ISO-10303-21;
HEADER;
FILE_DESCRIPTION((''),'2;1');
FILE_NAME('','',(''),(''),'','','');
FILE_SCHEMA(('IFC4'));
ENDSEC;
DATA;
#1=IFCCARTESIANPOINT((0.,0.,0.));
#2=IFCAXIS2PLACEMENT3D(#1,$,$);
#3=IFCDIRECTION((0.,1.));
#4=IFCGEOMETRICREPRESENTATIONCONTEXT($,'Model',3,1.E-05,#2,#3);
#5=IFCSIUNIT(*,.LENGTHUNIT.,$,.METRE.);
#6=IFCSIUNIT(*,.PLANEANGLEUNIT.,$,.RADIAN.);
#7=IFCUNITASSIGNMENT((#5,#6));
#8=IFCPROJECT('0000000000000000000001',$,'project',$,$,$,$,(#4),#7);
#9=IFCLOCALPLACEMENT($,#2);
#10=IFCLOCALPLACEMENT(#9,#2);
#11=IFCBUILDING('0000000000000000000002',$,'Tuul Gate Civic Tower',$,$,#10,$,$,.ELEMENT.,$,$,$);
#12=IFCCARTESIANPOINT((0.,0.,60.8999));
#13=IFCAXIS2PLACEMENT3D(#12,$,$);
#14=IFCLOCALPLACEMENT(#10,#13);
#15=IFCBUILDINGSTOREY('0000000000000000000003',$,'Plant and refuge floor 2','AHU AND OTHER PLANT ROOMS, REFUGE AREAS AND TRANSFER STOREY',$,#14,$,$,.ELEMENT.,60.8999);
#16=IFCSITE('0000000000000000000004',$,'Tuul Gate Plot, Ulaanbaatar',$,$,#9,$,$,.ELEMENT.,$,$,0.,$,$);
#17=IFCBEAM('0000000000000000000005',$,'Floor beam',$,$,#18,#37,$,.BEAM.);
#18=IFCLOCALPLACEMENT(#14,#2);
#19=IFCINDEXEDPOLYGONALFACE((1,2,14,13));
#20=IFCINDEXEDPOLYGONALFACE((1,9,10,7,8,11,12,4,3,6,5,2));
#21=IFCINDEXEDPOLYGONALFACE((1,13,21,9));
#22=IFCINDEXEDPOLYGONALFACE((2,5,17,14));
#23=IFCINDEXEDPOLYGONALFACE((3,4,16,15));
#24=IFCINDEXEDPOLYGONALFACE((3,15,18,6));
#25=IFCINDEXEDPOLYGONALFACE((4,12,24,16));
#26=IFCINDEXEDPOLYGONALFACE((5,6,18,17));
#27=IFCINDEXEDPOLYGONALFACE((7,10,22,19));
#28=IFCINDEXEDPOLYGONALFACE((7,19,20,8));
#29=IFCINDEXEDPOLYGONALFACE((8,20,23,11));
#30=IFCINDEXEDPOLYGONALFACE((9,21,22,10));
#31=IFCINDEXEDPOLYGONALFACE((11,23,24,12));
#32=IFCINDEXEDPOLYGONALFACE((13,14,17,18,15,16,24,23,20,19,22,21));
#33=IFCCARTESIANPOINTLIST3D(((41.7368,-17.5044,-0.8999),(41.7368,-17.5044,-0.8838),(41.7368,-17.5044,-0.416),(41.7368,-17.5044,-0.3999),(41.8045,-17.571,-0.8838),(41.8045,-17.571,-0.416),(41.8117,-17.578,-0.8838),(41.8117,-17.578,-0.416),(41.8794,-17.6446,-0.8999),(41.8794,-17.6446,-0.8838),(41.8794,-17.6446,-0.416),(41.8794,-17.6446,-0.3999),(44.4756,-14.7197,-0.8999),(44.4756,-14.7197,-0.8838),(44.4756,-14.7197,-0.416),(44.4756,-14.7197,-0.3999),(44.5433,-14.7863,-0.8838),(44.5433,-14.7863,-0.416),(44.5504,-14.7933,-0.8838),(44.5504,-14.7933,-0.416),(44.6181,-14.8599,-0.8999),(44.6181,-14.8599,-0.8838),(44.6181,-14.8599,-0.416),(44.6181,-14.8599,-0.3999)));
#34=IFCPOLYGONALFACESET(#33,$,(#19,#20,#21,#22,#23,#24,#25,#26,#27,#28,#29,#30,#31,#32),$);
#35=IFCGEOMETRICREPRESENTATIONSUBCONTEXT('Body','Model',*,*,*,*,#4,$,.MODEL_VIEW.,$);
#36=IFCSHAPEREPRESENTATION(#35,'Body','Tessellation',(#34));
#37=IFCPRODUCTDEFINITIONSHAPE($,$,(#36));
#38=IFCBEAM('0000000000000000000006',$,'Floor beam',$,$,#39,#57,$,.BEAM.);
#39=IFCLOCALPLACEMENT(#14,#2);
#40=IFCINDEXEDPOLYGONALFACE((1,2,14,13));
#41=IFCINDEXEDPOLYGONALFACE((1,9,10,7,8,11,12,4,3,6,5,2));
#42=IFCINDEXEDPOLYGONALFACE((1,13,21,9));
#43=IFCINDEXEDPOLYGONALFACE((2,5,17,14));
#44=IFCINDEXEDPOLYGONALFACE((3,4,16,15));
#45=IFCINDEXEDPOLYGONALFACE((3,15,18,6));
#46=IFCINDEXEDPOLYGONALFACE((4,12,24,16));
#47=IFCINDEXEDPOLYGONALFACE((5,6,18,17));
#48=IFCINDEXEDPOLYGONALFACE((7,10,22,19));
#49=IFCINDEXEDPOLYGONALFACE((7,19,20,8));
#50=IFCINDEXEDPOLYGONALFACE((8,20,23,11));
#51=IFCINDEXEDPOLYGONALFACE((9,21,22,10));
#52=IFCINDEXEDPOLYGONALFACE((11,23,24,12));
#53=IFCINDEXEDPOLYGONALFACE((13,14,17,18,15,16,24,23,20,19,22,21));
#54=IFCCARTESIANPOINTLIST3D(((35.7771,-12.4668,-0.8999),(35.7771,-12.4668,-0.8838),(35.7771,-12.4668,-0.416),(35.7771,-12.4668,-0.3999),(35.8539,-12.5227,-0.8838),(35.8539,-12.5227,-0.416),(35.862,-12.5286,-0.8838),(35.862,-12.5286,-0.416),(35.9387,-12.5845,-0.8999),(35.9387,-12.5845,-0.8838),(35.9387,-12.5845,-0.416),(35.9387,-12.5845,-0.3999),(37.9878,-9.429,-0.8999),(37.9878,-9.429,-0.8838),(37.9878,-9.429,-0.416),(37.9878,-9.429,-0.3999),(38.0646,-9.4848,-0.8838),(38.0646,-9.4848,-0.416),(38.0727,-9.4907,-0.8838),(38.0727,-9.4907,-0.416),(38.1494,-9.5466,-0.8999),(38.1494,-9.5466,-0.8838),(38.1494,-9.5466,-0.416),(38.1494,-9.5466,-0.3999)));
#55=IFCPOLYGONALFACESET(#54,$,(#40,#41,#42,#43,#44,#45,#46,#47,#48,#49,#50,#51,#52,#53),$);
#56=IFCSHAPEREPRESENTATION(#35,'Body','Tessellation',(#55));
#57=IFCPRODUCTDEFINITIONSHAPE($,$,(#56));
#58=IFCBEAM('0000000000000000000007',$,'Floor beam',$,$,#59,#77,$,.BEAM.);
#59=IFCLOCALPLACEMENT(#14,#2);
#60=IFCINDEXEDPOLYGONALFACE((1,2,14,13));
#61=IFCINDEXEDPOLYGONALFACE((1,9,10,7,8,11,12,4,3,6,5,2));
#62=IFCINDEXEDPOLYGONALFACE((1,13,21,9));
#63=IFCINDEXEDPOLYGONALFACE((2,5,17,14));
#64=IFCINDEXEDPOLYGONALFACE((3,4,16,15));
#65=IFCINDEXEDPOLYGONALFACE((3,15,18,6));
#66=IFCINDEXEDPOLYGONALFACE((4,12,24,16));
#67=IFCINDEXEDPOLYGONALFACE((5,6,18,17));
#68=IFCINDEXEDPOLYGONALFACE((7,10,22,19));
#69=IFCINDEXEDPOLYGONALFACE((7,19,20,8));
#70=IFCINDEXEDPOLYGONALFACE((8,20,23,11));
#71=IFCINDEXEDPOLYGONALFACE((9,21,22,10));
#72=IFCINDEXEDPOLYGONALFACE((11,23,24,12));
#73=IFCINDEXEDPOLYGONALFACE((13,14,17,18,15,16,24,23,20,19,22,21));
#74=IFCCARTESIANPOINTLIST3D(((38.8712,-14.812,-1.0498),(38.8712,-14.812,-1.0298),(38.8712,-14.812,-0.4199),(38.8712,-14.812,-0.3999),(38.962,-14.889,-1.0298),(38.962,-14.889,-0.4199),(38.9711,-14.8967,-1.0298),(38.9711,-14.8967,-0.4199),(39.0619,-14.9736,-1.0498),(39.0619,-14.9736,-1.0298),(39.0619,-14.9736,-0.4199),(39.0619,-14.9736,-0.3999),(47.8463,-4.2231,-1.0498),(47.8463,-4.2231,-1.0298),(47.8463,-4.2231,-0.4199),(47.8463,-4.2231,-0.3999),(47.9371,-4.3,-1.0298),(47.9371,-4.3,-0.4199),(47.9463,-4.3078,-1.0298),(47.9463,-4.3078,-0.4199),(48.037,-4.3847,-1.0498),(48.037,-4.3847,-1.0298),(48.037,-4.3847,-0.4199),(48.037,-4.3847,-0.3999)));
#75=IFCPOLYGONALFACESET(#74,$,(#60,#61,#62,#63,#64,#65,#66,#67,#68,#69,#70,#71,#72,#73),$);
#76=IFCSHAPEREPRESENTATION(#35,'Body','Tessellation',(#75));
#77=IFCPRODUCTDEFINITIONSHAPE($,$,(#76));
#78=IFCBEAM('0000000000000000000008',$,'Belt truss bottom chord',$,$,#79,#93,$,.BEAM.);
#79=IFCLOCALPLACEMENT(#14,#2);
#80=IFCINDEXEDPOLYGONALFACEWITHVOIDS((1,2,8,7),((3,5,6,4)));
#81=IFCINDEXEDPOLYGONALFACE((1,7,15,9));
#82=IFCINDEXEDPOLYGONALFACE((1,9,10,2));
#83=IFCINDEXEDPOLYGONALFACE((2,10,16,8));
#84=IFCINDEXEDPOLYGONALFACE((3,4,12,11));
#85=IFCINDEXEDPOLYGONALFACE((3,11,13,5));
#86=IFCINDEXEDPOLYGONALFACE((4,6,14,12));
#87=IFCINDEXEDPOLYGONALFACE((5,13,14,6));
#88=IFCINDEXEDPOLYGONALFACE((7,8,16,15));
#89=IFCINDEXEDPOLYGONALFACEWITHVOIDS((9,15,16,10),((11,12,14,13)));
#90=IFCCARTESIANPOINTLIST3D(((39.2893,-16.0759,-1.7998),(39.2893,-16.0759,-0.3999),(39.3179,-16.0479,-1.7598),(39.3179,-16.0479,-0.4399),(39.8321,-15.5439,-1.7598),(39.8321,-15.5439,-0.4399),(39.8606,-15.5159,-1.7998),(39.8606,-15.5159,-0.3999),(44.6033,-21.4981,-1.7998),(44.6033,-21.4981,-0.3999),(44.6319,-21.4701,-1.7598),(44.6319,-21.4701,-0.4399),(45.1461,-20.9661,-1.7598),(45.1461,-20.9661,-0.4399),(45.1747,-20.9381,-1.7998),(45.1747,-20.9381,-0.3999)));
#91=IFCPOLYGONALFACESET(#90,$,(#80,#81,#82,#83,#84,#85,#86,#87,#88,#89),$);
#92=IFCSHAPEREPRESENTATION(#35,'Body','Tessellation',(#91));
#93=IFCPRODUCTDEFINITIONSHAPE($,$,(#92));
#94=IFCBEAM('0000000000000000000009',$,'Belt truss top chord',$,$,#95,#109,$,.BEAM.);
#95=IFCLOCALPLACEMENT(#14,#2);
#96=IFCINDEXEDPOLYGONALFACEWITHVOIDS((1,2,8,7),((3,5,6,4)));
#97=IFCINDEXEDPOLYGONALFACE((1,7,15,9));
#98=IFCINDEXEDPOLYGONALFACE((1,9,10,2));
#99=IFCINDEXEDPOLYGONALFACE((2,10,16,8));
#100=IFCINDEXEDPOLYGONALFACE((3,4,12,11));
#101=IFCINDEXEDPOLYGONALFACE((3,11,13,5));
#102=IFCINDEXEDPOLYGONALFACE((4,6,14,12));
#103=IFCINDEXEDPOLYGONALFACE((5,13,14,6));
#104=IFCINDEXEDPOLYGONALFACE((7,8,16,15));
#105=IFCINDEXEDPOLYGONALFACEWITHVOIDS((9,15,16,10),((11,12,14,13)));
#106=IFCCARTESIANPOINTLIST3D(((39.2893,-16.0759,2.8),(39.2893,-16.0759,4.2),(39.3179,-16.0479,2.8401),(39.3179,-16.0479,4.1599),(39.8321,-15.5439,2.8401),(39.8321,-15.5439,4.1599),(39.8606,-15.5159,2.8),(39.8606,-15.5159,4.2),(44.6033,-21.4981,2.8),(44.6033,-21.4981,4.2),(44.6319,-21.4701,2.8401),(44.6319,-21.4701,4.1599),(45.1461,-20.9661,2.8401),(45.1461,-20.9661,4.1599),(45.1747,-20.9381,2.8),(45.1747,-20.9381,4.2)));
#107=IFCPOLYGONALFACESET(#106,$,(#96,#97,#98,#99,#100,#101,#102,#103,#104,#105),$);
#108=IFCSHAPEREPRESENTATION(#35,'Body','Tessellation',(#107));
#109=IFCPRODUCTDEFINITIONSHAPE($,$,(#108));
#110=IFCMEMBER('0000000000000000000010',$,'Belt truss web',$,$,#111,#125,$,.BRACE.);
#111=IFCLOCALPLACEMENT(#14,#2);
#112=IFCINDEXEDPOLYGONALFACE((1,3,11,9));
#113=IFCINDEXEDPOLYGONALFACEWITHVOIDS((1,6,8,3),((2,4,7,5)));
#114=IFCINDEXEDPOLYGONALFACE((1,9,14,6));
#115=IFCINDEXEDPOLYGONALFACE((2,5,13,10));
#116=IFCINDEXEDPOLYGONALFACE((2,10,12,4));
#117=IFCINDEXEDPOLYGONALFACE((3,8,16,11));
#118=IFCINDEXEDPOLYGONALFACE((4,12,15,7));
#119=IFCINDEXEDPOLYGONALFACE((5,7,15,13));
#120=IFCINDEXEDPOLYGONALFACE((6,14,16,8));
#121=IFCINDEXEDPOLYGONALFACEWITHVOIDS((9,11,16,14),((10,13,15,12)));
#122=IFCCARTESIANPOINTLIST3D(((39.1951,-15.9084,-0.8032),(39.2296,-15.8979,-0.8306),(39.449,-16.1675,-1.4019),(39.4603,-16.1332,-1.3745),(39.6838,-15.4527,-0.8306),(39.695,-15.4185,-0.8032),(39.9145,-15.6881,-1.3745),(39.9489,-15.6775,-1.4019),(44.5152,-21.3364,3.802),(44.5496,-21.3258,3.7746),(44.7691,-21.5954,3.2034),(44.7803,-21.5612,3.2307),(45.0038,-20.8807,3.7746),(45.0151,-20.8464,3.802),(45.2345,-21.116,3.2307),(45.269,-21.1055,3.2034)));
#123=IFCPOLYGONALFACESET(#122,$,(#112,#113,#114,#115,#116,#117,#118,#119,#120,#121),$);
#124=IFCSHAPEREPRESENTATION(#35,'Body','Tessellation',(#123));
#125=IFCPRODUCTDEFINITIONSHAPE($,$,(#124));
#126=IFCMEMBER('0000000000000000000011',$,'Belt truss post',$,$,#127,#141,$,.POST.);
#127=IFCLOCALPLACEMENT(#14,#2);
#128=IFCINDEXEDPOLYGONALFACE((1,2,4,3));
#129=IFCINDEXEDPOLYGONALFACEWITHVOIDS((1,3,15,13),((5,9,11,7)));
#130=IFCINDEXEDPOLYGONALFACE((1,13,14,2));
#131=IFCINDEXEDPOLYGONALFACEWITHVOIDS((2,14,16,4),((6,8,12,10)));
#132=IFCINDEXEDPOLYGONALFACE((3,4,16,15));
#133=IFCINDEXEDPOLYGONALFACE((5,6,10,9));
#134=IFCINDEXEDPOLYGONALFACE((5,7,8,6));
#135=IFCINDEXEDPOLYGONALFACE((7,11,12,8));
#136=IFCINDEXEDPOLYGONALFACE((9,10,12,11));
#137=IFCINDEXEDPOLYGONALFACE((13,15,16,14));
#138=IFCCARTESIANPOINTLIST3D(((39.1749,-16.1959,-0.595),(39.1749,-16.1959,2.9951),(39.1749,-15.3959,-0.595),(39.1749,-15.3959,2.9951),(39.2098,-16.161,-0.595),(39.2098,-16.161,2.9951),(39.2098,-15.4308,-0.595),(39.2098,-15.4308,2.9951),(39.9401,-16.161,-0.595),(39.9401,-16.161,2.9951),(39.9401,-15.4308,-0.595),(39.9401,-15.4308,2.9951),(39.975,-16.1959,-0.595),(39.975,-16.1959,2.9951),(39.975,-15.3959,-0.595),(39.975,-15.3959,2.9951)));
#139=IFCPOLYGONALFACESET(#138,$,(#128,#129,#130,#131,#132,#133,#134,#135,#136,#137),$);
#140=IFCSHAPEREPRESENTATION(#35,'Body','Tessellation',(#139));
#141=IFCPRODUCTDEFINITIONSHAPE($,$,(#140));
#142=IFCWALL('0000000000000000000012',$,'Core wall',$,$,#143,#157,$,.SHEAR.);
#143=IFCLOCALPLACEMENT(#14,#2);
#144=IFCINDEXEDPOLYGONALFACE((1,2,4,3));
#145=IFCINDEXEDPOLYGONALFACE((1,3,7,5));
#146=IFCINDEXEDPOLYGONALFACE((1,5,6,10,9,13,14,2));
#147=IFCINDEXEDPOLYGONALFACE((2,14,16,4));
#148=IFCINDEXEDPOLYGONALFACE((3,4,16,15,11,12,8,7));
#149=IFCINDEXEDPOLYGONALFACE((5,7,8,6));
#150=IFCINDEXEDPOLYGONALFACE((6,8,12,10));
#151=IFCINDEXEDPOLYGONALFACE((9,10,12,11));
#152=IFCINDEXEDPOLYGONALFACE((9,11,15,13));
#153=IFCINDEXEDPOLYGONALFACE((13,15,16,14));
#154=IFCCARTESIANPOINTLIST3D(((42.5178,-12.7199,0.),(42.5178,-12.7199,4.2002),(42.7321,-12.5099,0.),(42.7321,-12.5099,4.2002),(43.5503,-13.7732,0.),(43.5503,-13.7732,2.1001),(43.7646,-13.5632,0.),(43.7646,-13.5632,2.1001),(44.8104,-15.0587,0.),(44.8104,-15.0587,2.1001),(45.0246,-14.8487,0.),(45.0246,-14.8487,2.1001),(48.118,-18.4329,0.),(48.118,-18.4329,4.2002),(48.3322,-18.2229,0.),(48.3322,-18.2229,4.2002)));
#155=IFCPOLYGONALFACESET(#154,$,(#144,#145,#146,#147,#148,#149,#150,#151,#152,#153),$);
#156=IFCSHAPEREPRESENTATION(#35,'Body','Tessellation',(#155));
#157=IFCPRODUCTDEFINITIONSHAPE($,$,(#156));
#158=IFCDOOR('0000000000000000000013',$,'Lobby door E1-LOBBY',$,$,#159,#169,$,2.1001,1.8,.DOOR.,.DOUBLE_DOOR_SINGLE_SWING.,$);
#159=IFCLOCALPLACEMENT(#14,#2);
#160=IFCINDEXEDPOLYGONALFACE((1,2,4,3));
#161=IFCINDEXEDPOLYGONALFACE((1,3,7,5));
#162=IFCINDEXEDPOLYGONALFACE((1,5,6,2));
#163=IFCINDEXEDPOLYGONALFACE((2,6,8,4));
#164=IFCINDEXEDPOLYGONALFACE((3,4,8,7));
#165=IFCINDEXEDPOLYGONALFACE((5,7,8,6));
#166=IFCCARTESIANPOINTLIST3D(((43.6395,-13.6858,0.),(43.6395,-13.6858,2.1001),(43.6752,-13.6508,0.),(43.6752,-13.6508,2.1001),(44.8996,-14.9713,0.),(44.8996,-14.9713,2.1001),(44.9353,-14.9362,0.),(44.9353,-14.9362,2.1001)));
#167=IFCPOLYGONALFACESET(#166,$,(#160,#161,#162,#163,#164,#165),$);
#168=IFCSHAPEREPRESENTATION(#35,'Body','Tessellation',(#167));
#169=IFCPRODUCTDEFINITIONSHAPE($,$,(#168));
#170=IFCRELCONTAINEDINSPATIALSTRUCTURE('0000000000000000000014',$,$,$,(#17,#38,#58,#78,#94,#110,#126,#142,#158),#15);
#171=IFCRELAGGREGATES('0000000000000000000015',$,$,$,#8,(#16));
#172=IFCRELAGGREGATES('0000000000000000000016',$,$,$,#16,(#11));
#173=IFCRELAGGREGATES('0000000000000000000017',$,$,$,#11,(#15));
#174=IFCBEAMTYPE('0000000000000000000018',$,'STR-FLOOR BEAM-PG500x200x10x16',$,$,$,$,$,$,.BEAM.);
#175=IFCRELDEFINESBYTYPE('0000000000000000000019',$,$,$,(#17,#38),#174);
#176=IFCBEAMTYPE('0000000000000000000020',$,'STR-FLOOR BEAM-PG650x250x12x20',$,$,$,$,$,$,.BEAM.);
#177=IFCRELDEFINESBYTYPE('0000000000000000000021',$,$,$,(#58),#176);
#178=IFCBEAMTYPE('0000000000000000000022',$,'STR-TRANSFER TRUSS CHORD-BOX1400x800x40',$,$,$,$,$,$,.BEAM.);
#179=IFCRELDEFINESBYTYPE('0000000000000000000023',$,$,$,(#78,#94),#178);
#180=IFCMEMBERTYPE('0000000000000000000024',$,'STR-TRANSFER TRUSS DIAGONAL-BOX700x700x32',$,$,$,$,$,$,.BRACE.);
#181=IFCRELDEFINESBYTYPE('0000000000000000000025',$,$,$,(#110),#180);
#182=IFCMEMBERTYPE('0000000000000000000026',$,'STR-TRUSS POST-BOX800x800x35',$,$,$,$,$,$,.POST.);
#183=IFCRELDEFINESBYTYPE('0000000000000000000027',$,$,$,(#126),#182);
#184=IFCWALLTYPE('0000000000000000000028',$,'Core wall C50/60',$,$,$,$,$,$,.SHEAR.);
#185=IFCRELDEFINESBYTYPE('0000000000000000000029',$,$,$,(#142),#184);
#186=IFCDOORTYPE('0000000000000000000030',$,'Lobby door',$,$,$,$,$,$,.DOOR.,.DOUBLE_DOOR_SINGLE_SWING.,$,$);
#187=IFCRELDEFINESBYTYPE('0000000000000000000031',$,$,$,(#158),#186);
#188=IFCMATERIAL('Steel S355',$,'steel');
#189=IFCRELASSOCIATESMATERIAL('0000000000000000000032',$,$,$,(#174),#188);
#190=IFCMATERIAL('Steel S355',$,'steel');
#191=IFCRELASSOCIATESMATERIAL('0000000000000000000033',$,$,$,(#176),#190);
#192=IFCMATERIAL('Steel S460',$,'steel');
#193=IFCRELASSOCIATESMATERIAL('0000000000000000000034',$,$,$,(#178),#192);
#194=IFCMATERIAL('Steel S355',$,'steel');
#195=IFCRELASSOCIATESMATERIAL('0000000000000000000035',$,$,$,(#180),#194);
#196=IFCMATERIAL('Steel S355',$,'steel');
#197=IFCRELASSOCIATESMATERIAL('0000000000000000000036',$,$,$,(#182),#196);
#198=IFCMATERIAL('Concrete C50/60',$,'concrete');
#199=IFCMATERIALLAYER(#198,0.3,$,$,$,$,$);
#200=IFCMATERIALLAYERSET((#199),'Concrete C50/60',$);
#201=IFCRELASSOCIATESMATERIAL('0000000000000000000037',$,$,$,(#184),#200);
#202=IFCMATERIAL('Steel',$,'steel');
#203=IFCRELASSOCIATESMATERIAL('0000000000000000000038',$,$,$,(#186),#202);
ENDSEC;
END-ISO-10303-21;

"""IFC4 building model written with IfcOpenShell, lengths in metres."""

from ifc_helpers import new_model, si_unit, direction, frame, frame_2d, origin, origin_2d, place, context, subcontext, project, spatial, rectangle, hollow_rectangle, i_section, extrude, material, layer, layer_set, material_profile, profile_set, type_object, element, fill, save


model = new_model("IFC4")

# Units and contexts
model_context = context("Model", 3, precision=1e-05, world=origin(), true_north=direction((0.0, 1.0)))
body_context = subcontext(model_context, "Body", "Model", "MODEL_VIEW")
ifc_project = project(units=[si_unit("LENGTHUNIT", "METRE"), si_unit("PLANEANGLEUNIT", "RADIAN")], contexts=[model_context])

# Site, building, storey
site_placement = place(None, origin())
site = spatial("IfcSite", under=ifc_project, at=site_placement, Name="Tuul Gate Plot, Ulaanbaatar", CompositionType="ELEMENT", RefElevation=0.0)
building_placement = place(site_placement, origin())
building = spatial("IfcBuilding", under=site, at=building_placement, Name="Tuul Gate Civic Tower", CompositionType="ELEMENT")
storey_placement = place(building_placement, frame((0.0, 0.0, 60.8999)))
storey = spatial("IfcBuildingStorey", under=building, at=storey_placement, Name="Plant and refuge floor 2", Description="AHU AND OTHER PLANT ROOMS, REFUGE AREAS AND TRANSFER STOREY", CompositionType="ELEMENT", Elevation=60.8999)

# Beams
ifc_material_1 = material(Name="Steel S355", Category="steel")
ifc_material_profile_1 = material_profile(ifc_material_1, i_section(OverallWidth=0.2, OverallDepth=0.5, WebThickness=0.01, FlangeThickness=0.0161, at=origin_2d()), Name="PG500x200x10x16")
ifc_profile_set_1 = profile_set([ifc_material_profile_1], Name="Steel S355")
beam_type_1 = type_object("IfcBeamType", Name="STR-FLOOR BEAM-PG500x200x10x16", PredefinedType="BEAM", material=ifc_profile_set_1)
beam_1_placement = place(storey_placement, frame((41.8081, -17.5745, -0.6499), z_axis=(0.701207, 0.712958, 0.0), x_axis=(-0.712958, 0.701207, 0.0)))
element("IfcBeam", 1, at=beam_1_placement, inside=storey, type_object=beam_type_1, Name="Floor beam", PredefinedType="BEAM", context=body_context, shape_type="SweptSolid", body=[
    extrude(i_section(OverallWidth=0.2, OverallDepth=0.5, WebThickness=0.01, FlangeThickness=0.0161, at=origin_2d()), origin(), (0.0, 0.0, 1.0), 3.9058),
])
beam_2_placement = place(storey_placement, frame((35.8579, -12.5256, -0.6499), z_axis=(0.588407, 0.808565, 0.0), x_axis=(-0.808565, 0.588407, 0.0)))
element("IfcBeam", 2, at=beam_2_placement, inside=storey, type_object=beam_type_1, Name="Floor beam", PredefinedType="BEAM", context=body_context, shape_type="SweptSolid", body=[
    extrude(i_section(OverallWidth=0.2, OverallDepth=0.5, WebThickness=0.01, FlangeThickness=0.0161, at=origin_2d()), origin(), (0.0, 0.0, 1.0), 3.7571),
])
ifc_material_2 = material(Name="Steel S355", Category="steel")
ifc_material_profile_2 = material_profile(ifc_material_2, i_section(OverallWidth=0.25, OverallDepth=0.6499, WebThickness=0.012, FlangeThickness=0.02, at=origin_2d()), Name="PG650x250x12x20")
ifc_profile_set_2 = profile_set([ifc_material_profile_2], Name="Steel S355")
beam_type_2 = type_object("IfcBeamType", Name="STR-FLOOR BEAM-PG650x250x12x20", PredefinedType="BEAM", material=ifc_profile_set_2)
beam_3_placement = place(storey_placement, frame((38.9666, -14.8928, -0.7249), z_axis=(0.646584, 0.762843, 0.0), x_axis=(-0.762843, 0.646584, 0.0)))
element("IfcBeam", 3, at=beam_3_placement, inside=storey, type_object=beam_type_2, Name="Floor beam", PredefinedType="BEAM", context=body_context, shape_type="SweptSolid", body=[
    extrude(i_section(OverallWidth=0.25, OverallDepth=0.6499, WebThickness=0.012, FlangeThickness=0.02, at=origin_2d()), origin(), (0.0, 0.0, 1.0), 13.8809),
])
ifc_material_3 = material(Name="Steel S460", Category="steel")
ifc_material_profile_3 = material_profile(ifc_material_3, hollow_rectangle(XDim=0.8, YDim=1.3999, WallThickness=0.04, at=origin_2d()), Name="BOX1400x800x40")
ifc_profile_set_3 = profile_set([ifc_material_profile_3], Name="Steel S460")
beam_type_3 = type_object("IfcBeamType", Name="STR-TRANSFER TRUSS CHORD-BOX1400x800x40", PredefinedType="BEAM", material=ifc_profile_set_3)
for number, where, z_axis, x_axis, name in (
    (4, (39.575, -15.7959, -1.0999), (0.699948, -0.714194, 0.0), (0.714194, 0.699948, 0.0), "Belt truss bottom chord"),
    (5, (39.575, -15.7959, 3.5), (0.699948, -0.714194, 0.0), (0.714194, 0.699948, 0.0), "Belt truss top chord"),
):
    element("IfcBeam", number, at=place(storey_placement, frame(where, z_axis=z_axis, x_axis=x_axis)), inside=storey, type_object=beam_type_3, Name=name, PredefinedType="BEAM", context=body_context, shape_type="SweptSolid", body=[
        extrude(hollow_rectangle(XDim=0.8, YDim=1.3999, WallThickness=0.04, at=origin_2d()), origin(), (0.0, 0.0, 1.0), 7.592),
    ])

# Members
ifc_material_4 = material(Name="Steel S355", Category="steel")
ifc_material_profile_4 = material_profile(ifc_material_4, hollow_rectangle(XDim=0.7, YDim=0.7, WallThickness=0.032, at=origin_2d()), Name="BOX700x700x32")
ifc_profile_set_4 = profile_set([ifc_material_profile_4], Name="Steel S355")
member_type_1 = type_object("IfcMemberType", Name="STR-TRANSFER TRUSS DIAGONAL-BOX700x700x32", PredefinedType="BRACE", material=ifc_profile_set_4)
member_1_placement = place(storey_placement, frame((39.572, -15.793, -1.1025), z_axis=(0.598652, -0.610795, 0.518213), x_axis=(0.71417, 0.699972, 0.0)))
element("IfcMember", 6, at=member_1_placement, inside=storey, type_object=member_type_1, Name="Belt truss web", PredefinedType="BRACE", context=body_context, shape_type="SweptSolid", body=[
    extrude(hollow_rectangle(XDim=0.7, YDim=0.7, WallThickness=0.032, at=origin_2d()), origin(), (0.0, 0.0, 1.0), 8.8867),
])
ifc_material_5 = material(Name="Steel S355", Category="steel")
ifc_material_profile_5 = material_profile(ifc_material_5, hollow_rectangle(XDim=0.8, YDim=0.8, WallThickness=0.0349, at=origin_2d()), Name="BOX800x800x35")
ifc_profile_set_5 = profile_set([ifc_material_profile_5], Name="Steel S355")
member_type_2 = type_object("IfcMemberType", Name="STR-TRUSS POST-BOX800x800x35", PredefinedType="POST", material=ifc_profile_set_5)
member_2_placement = place(storey_placement, frame((39.575, -15.7959, -0.595), z_axis=(0.0, 0.0, 1.0), x_axis=(1.0, 0.0, 0.0)))
element("IfcMember", 7, at=member_2_placement, inside=storey, type_object=member_type_2, Name="Belt truss post", PredefinedType="POST", context=body_context, shape_type="SweptSolid", body=[
    extrude(hollow_rectangle(XDim=0.8, YDim=0.8, WallThickness=0.0349, at=origin_2d()), origin(), (0.0, 0.0, 1.0), 3.5901),
])

# Wall, opening, door
ifc_material_6 = material(Name="Concrete C50/60", Category="concrete")
ifc_layer_1 = layer(ifc_material_6, 0.3)
ifc_layer_set_1 = layer_set([ifc_layer_1], Name="Concrete C50/60")
wall_type_1 = type_object("IfcWallType", Name="Core wall C50/60", PredefinedType="SHEAR", material=ifc_layer_set_1)
wall_1_placement = place(storey_placement, frame((48.2251, -18.3279, 0.0), z_axis=(0.0, 0.0, 1.0), x_axis=(-0.700022, 0.714121, 0.0)))
wall_1 = element("IfcWall", 8, at=wall_1_placement, inside=storey, type_object=wall_type_1, Name="Core wall", PredefinedType="SHEAR", context=body_context, shape_type="SweptSolid", body=[
    extrude(rectangle(XDim=8.0, YDim=0.3, at=frame_2d((4.0, 0.0))), origin(), (0.0, 0.0, 1.0), 4.2002),
])
opening_1_placement = place(wall_1_placement, frame((4.7251, 0.0, 0.0)))
opening_1 = element("IfcOpeningElement", 9, at=opening_1_placement, cuts=wall_1, PredefinedType="OPENING", context=body_context, shape_type="SweptSolid", body=[
    extrude(rectangle(XDim=1.8, YDim=2.1001, at=frame_2d((0.8999, 1.05))), frame((0.0, 0.1602, 0.0), z_axis=(0.0, -1.0, 0.0), x_axis=(1.0, 0.0, 0.0)), (0.0, 0.0, 1.0), 0.3201),
])
ifc_material_7 = material(Name="Steel", Category="steel")
door_type_1 = type_object("IfcDoorType", Name="Lobby door", OperationType="DOUBLE_DOOR_SINGLE_SWING", PredefinedType="DOOR", material=ifc_material_7)
door_1_placement = place(opening_1_placement, frame((1.8, 0.0, 0.0), z_axis=(0.0, 0.0, 1.0), x_axis=(-1.0, 0.0, 0.0)))
door_1 = element("IfcDoor", 10, at=door_1_placement, inside=storey, type_object=door_type_1, Name="Lobby door E1-LOBBY", OperationType="DOUBLE_DOOR_SINGLE_SWING", OverallHeight=2.1001, OverallWidth=1.8, PredefinedType="DOOR", context=body_context, shape_type="SweptSolid", body=[
    extrude(rectangle(XDim=1.8, YDim=2.1001, at=frame_2d((0.9001, 1.05))), frame((0.0, 0.0249, 0.0), z_axis=(0.0, -1.0, 0.0), x_axis=(1.0, 0.0, 0.0)), (0.0, 0.0, 1.0), 0.05),
])
fill(opening_1, door_1)

save(model, "model.ifc")
